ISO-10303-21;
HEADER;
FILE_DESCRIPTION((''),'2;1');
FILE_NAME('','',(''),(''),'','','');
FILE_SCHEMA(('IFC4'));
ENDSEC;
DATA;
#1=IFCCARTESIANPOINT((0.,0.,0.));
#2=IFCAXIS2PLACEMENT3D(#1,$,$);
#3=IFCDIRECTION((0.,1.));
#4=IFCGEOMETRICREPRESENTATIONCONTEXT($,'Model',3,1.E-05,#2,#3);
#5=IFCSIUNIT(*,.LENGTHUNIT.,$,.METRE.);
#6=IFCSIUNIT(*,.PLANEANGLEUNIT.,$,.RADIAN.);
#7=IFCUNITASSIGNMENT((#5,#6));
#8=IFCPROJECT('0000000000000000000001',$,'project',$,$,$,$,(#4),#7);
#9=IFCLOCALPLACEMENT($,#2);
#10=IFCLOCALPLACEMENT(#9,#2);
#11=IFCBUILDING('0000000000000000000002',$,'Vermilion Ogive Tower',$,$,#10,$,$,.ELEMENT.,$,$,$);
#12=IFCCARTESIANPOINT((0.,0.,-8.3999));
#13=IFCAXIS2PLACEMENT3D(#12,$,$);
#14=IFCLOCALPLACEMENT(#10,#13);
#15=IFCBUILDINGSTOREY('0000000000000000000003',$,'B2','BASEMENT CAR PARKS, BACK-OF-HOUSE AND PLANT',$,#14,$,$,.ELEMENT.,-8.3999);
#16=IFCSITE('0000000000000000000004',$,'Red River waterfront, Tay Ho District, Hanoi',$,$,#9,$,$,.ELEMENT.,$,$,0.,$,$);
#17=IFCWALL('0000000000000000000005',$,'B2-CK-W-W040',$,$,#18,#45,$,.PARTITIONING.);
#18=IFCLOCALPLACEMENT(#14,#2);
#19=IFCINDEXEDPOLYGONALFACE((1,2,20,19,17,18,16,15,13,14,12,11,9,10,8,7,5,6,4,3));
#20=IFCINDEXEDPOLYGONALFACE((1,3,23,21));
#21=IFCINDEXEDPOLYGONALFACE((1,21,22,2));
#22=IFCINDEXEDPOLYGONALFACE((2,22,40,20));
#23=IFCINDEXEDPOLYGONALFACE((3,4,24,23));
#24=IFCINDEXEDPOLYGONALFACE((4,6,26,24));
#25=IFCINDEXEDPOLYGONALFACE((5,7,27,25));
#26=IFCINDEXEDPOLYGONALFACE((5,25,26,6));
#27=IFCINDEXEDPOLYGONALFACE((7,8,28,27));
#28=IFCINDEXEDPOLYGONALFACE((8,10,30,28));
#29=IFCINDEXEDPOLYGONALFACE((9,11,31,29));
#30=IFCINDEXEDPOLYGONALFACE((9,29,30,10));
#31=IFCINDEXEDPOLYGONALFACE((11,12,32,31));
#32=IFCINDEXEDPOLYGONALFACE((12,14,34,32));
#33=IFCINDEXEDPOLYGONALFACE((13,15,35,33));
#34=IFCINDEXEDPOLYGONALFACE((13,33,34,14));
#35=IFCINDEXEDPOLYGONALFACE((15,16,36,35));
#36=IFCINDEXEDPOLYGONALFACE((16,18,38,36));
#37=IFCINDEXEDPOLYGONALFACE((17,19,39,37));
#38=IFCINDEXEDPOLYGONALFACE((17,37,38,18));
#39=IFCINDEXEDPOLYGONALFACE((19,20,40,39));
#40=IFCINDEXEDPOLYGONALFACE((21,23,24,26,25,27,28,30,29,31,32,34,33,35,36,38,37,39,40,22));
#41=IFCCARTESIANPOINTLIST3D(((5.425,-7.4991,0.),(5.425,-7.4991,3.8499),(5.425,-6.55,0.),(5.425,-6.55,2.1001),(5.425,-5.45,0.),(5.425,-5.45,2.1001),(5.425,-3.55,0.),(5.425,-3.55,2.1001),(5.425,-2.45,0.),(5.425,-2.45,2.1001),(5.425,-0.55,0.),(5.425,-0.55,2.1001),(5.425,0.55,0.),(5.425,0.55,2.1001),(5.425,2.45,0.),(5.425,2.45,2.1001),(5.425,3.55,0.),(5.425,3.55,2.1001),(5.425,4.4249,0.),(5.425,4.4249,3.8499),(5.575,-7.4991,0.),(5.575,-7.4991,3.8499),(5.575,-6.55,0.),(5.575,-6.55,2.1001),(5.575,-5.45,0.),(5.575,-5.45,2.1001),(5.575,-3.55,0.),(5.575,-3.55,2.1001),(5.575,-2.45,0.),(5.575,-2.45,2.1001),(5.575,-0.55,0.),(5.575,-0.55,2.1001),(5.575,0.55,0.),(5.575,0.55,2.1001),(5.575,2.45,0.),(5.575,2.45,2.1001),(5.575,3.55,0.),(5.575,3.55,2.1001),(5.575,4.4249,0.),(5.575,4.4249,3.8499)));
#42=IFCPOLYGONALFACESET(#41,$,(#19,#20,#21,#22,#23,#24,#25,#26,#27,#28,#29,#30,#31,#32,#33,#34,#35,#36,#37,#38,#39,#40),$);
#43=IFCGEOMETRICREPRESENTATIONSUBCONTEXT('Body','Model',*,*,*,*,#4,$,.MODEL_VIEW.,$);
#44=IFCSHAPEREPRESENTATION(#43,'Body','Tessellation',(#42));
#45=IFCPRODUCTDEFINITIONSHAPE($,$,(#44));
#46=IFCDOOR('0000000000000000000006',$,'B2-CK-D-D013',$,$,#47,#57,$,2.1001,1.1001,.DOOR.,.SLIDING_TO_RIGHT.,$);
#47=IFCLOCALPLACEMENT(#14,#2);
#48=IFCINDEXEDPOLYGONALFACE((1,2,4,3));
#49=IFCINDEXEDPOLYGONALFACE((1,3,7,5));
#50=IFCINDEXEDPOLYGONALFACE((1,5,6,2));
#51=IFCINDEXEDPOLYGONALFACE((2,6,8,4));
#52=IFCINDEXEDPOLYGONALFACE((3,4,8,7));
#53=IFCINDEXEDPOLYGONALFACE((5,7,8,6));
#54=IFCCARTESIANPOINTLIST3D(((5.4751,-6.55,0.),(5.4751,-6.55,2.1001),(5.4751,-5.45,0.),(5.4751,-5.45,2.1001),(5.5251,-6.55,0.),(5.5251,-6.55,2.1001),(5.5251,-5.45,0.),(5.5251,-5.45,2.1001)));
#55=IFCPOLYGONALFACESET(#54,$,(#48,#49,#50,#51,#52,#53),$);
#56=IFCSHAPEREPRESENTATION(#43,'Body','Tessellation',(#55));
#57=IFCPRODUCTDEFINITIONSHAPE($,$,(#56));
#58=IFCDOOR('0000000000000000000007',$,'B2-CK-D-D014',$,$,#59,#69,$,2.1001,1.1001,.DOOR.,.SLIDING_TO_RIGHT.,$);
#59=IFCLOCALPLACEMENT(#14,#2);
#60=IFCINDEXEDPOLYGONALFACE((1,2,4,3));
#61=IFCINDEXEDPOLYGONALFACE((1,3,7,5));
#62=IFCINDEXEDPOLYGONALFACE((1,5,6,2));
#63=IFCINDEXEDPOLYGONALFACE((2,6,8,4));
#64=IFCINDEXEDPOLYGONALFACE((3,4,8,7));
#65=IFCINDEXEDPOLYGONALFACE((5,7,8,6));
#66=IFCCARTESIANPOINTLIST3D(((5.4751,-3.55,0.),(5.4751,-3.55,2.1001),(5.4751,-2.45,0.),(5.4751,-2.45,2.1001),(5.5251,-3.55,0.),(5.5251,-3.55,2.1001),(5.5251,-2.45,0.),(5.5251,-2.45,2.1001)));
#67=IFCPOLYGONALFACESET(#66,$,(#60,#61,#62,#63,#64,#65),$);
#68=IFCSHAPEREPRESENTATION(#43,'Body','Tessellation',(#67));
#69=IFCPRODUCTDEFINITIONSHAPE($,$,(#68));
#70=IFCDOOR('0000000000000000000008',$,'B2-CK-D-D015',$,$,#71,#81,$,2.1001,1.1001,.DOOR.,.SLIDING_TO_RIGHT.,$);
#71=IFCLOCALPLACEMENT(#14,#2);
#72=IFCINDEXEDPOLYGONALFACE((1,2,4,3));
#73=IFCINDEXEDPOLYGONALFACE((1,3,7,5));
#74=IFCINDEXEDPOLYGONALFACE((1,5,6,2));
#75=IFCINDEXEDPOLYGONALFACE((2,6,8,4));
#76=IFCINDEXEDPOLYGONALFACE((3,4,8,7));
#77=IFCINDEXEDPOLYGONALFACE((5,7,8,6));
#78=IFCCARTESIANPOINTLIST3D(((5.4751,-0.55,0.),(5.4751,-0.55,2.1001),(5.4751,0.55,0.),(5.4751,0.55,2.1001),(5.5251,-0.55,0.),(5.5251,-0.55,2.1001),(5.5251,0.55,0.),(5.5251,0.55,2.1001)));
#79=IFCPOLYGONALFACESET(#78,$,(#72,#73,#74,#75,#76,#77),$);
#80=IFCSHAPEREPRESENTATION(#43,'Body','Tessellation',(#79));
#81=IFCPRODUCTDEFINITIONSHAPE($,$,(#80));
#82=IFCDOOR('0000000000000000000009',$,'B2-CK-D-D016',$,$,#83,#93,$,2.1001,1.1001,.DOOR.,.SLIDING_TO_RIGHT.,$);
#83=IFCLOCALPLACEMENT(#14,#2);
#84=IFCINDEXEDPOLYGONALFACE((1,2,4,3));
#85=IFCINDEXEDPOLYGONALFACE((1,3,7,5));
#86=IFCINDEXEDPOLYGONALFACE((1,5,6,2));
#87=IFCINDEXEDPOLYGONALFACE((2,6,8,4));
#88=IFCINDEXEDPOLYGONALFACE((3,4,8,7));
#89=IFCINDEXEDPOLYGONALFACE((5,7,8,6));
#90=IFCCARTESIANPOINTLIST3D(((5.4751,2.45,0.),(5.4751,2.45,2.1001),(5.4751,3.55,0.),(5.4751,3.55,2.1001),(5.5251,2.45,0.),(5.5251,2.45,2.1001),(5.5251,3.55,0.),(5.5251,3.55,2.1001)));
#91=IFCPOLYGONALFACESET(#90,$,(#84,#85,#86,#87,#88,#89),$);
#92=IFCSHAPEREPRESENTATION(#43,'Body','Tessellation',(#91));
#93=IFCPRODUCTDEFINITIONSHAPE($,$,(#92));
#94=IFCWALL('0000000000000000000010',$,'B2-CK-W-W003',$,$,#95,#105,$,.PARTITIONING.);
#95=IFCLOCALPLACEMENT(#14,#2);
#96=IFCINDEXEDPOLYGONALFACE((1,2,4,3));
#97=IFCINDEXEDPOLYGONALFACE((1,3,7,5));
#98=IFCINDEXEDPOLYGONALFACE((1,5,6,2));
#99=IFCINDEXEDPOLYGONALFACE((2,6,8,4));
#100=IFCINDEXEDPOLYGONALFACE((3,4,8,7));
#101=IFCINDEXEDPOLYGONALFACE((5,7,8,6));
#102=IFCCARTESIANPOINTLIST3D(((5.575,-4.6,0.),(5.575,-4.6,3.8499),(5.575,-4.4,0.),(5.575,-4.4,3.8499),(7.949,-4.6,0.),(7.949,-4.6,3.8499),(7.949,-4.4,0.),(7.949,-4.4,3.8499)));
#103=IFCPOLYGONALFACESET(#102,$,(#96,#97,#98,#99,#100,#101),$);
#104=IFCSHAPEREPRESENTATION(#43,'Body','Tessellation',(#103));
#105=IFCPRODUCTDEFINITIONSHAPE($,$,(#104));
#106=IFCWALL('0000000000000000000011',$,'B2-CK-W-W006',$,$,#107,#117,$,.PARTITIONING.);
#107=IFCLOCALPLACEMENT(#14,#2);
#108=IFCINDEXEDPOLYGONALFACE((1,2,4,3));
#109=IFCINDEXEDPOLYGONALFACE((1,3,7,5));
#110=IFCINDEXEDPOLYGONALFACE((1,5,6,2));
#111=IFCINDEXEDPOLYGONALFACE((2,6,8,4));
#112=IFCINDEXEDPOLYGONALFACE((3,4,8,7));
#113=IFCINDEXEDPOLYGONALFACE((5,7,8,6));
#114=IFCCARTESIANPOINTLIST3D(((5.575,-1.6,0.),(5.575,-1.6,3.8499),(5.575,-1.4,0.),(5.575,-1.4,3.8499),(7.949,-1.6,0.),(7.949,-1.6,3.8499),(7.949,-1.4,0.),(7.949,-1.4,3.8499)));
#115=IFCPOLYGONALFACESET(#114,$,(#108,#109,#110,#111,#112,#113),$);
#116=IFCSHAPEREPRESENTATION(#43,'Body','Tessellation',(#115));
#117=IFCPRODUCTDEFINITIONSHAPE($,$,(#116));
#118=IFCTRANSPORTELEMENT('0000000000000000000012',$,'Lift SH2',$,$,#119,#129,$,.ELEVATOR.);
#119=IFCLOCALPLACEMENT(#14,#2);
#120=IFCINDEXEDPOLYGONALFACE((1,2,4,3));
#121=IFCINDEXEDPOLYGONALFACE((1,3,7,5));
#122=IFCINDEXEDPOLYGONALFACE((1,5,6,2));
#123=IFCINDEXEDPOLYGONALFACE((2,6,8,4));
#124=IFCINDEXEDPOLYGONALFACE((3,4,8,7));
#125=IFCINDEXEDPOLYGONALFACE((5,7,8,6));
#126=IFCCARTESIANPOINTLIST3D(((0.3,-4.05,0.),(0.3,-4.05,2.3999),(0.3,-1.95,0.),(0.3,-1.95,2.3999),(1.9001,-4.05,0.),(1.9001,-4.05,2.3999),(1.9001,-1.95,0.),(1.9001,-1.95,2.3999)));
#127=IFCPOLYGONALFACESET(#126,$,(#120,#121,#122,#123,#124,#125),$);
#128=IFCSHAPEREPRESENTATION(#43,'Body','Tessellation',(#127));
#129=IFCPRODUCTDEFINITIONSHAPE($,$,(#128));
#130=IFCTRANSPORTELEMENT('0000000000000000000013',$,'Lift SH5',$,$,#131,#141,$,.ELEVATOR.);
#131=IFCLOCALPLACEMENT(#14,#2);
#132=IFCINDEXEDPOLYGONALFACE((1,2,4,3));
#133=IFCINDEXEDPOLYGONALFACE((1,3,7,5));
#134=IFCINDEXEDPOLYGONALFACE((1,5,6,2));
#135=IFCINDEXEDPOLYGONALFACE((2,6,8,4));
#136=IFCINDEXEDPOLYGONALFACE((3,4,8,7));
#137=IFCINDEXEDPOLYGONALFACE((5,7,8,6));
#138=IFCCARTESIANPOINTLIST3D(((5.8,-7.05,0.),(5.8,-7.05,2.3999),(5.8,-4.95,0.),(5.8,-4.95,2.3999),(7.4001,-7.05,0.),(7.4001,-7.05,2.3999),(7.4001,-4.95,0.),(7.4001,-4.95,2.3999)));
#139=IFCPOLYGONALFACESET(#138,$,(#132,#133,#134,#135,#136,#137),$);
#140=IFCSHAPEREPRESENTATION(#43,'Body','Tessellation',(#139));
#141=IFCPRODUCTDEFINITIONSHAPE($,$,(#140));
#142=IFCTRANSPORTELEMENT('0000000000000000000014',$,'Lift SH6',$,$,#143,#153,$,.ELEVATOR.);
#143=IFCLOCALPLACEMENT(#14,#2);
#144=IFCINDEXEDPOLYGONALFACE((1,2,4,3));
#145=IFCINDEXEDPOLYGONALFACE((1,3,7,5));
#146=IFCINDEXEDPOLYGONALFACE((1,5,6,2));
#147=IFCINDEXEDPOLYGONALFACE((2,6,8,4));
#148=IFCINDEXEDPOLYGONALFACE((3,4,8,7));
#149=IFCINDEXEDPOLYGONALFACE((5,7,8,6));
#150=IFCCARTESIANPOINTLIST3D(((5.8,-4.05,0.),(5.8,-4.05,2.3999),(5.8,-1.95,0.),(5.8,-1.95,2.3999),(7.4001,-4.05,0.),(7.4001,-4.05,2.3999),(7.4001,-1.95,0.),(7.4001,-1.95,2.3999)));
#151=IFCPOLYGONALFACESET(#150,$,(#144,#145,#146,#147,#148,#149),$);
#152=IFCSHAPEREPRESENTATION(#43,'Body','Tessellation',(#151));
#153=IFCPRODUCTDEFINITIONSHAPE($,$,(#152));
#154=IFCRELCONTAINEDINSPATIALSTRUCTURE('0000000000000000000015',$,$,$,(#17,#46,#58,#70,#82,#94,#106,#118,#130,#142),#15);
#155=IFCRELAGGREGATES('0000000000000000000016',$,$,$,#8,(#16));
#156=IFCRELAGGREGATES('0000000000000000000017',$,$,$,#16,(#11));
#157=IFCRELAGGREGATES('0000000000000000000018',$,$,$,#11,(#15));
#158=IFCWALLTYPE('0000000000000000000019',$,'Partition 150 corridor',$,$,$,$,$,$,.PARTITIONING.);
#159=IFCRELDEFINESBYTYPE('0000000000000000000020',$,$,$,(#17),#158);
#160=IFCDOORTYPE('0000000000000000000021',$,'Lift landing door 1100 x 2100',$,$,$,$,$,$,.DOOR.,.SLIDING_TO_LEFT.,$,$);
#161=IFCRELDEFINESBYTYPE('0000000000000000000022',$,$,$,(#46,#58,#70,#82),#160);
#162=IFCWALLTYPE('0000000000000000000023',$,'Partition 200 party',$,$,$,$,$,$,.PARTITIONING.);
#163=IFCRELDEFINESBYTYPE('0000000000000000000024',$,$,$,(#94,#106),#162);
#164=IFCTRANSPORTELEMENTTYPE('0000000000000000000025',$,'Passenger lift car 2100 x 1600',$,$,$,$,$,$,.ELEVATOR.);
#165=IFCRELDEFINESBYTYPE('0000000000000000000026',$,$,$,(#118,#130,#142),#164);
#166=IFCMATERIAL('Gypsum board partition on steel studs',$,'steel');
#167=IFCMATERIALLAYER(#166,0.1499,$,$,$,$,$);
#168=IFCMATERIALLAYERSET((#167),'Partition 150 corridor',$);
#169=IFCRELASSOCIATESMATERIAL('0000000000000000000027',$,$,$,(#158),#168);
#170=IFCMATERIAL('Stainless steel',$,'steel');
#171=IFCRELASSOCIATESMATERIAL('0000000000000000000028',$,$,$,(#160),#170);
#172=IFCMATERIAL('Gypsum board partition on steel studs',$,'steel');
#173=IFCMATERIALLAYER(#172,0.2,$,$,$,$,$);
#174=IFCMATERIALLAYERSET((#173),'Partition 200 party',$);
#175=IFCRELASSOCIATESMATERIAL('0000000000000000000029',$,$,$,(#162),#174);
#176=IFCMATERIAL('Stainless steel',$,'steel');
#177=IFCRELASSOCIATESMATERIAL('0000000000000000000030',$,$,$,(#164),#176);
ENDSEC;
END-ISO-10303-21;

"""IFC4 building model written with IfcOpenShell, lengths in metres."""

from ifc_helpers import new_model, si_unit, direction, frame, frame_2d, origin, origin_2d, place, context, subcontext, project, spatial, rectangle, extrude, material, layer, layer_set, type_object, element, fill, save


model = new_model("IFC4")

# Units and contexts
model_context = context("Model", 3, precision=1e-05, world=origin(), true_north=direction((0.0, 1.0)))
body_context = subcontext(model_context, "Body", "Model", "MODEL_VIEW")
ifc_project = project(units=[si_unit("LENGTHUNIT", "METRE"), si_unit("PLANEANGLEUNIT", "RADIAN")], contexts=[model_context])

# Site, building, storey
site_placement = place(None, origin())
site = spatial("IfcSite", under=ifc_project, at=site_placement, Name="Red River waterfront, Tay Ho District, Hanoi", CompositionType="ELEMENT", RefElevation=0.0)
building_placement = place(site_placement, origin())
building = spatial("IfcBuilding", under=site, at=building_placement, Name="Vermilion Ogive Tower", CompositionType="ELEMENT")
storey_placement = place(building_placement, frame((0.0, 0.0, -8.3999)))
storey = spatial("IfcBuildingStorey", under=building, at=storey_placement, Name="B2", Description="BASEMENT CAR PARKS, BACK-OF-HOUSE AND PLANT", CompositionType="ELEMENT", Elevation=-8.3999)

# Wall, openings, doors
ifc_material_1 = material(Name="Gypsum board partition on steel studs", Category="steel")
ifc_layer_1 = layer(ifc_material_1, 0.1499)
ifc_layer_set_1 = layer_set([ifc_layer_1], Name="Partition 150 corridor")
wall_type_1 = type_object("IfcWallType", Name="Partition 150 corridor", PredefinedType="PARTITIONING", material=ifc_layer_set_1)
ifc_material_2 = material(Name="Stainless steel", Category="steel")
door_type = type_object("IfcDoorType", Name="Lift landing door 1100 x 2100", OperationType="SLIDING_TO_LEFT", PredefinedType="DOOR", material=ifc_material_2)
wall_1_placement = place(storey_placement, frame((5.5, -7.499, 0.0), z_axis=(0.0, 0.0, 1.0), x_axis=(0.0, 1.0, 0.0)))
wall_1 = element("IfcWall", 1, at=wall_1_placement, inside=storey, type_object=wall_type_1, Name="B2-CK-W-W040", PredefinedType="PARTITIONING", context=body_context, shape_type="SweptSolid", body=[
    extrude(rectangle(XDim=11.9241, YDim=0.1499, at=frame_2d((5.9619, 0.0))), origin(), (0.0, 0.0, 1.0), 3.8499),
])
opening_1_placement = place(wall_1_placement, frame((0.949, 0.0, 0.0)))
opening_1 = element("IfcOpeningElement", 2, at=opening_1_placement, cuts=wall_1, PredefinedType="OPENING", context=body_context, shape_type="SweptSolid", body=[
    extrude(rectangle(XDim=1.1001, YDim=2.1001, at=frame_2d((0.55, 1.05))), frame((0.0, 0.085, 0.0), z_axis=(0.0, -1.0, 0.0), x_axis=(1.0, 0.0, 0.0)), (0.0, 0.0, 1.0), 0.1699),
])
opening_2_placement = place(wall_1_placement, frame((3.949, 0.0, 0.0)))
opening_2 = element("IfcOpeningElement", 3, at=opening_2_placement, cuts=wall_1, PredefinedType="OPENING", context=body_context, shape_type="SweptSolid", body=[
    extrude(rectangle(XDim=1.1001, YDim=2.1001, at=frame_2d((0.55, 1.05))), frame((0.0, 0.085, 0.0), z_axis=(0.0, -1.0, 0.0), x_axis=(1.0, 0.0, 0.0)), (0.0, 0.0, 1.0), 0.1699),
])
opening_3_placement = place(wall_1_placement, frame((6.949, 0.0, 0.0)))
opening_3 = element("IfcOpeningElement", 4, at=opening_3_placement, cuts=wall_1, PredefinedType="OPENING", context=body_context, shape_type="SweptSolid", body=[
    extrude(rectangle(XDim=1.1001, YDim=2.1001, at=frame_2d((0.55, 1.05))), frame((0.0, 0.085, 0.0), z_axis=(0.0, -1.0, 0.0), x_axis=(1.0, 0.0, 0.0)), (0.0, 0.0, 1.0), 0.1699),
])
opening_4_placement = place(wall_1_placement, frame((9.949, 0.0, 0.0)))
opening_4 = element("IfcOpeningElement", 5, at=opening_4_placement, cuts=wall_1, PredefinedType="OPENING", context=body_context, shape_type="SweptSolid", body=[
    extrude(rectangle(XDim=1.1001, YDim=2.1001, at=frame_2d((0.55, 1.05))), frame((0.0, 0.085, 0.0), z_axis=(0.0, -1.0, 0.0), x_axis=(1.0, 0.0, 0.0)), (0.0, 0.0, 1.0), 0.1699),
])
door_1_placement = place(opening_1_placement, origin())
door_1 = element("IfcDoor", 6, at=door_1_placement, inside=storey, type_object=door_type, Name="B2-CK-D-D013", OperationType="SLIDING_TO_RIGHT", OverallHeight=2.1001, OverallWidth=1.1001, PredefinedType="DOOR", context=body_context, shape_type="SweptSolid", body=[
    extrude(rectangle(XDim=1.1001, YDim=2.1001, at=frame_2d((0.55, 1.05))), frame((0.0, 0.0249, 0.0), z_axis=(0.0, -1.0, 0.0), x_axis=(1.0, 0.0, 0.0)), (0.0, 0.0, 1.0), 0.05),
])
fill(opening_1, door_1)
door_2_placement = place(opening_2_placement, origin())
door_2 = element("IfcDoor", 7, at=door_2_placement, inside=storey, type_object=door_type, Name="B2-CK-D-D014", OperationType="SLIDING_TO_RIGHT", OverallHeight=2.1001, OverallWidth=1.1001, PredefinedType="DOOR", context=body_context, shape_type="SweptSolid", body=[
    extrude(rectangle(XDim=1.1001, YDim=2.1001, at=frame_2d((0.55, 1.05))), frame((0.0, 0.0249, 0.0), z_axis=(0.0, -1.0, 0.0), x_axis=(1.0, 0.0, 0.0)), (0.0, 0.0, 1.0), 0.05),
])
fill(opening_2, door_2)
door_3_placement = place(opening_3_placement, origin())
door_3 = element("IfcDoor", 8, at=door_3_placement, inside=storey, type_object=door_type, Name="B2-CK-D-D015", OperationType="SLIDING_TO_RIGHT", OverallHeight=2.1001, OverallWidth=1.1001, PredefinedType="DOOR", context=body_context, shape_type="SweptSolid", body=[
    extrude(rectangle(XDim=1.1001, YDim=2.1001, at=frame_2d((0.55, 1.05))), frame((0.0, 0.0249, 0.0), z_axis=(0.0, -1.0, 0.0), x_axis=(1.0, 0.0, 0.0)), (0.0, 0.0, 1.0), 0.05),
])
fill(opening_3, door_3)
door_4_placement = place(opening_4_placement, origin())
door_4 = element("IfcDoor", 9, at=door_4_placement, inside=storey, type_object=door_type, Name="B2-CK-D-D016", OperationType="SLIDING_TO_RIGHT", OverallHeight=2.1001, OverallWidth=1.1001, PredefinedType="DOOR", context=body_context, shape_type="SweptSolid", body=[
    extrude(rectangle(XDim=1.1001, YDim=2.1001, at=frame_2d((0.55, 1.05))), frame((0.0, 0.0249, 0.0), z_axis=(0.0, -1.0, 0.0), x_axis=(1.0, 0.0, 0.0)), (0.0, 0.0, 1.0), 0.05),
])
fill(opening_4, door_4)

# Walls
ifc_material_3 = material(Name="Gypsum board partition on steel studs", Category="steel")
ifc_layer_2 = layer(ifc_material_3, 0.2)
ifc_layer_set_2 = layer_set([ifc_layer_2], Name="Partition 200 party")
wall_type_2 = type_object("IfcWallType", Name="Partition 200 party", PredefinedType="PARTITIONING", material=ifc_layer_set_2)
for number, where, z_axis, x_axis, name in (
    (10, (5.575, -4.5, 0.0), (0.0, 0.0, 1.0), (1.0, 0.0, 0.0), "B2-CK-W-W003"),
    (11, (5.575, -1.5, 0.0), (0.0, 0.0, 1.0), (1.0, 0.0, 0.0), "B2-CK-W-W006"),
):
    element("IfcWall", number, at=place(storey_placement, frame(where, z_axis=z_axis, x_axis=x_axis)), inside=storey, type_object=wall_type_2, Name=name, PredefinedType="PARTITIONING", context=body_context, shape_type="SweptSolid", body=[
        extrude(rectangle(XDim=2.374, YDim=0.2, at=frame_2d((1.187, 0.0))), origin(), (0.0, 0.0, 1.0), 3.8499),
    ])

# Transport elements
ifc_material_4 = material(Name="Stainless steel", Category="steel")
transport_element_type = type_object("IfcTransportElementType", Name="Passenger lift car 2100 x 1600", PredefinedType="ELEVATOR", material=ifc_material_4)
for number, where, z_axis, x_axis, name in (
    (12, (1.1001, -3.0, 0.0), (0.0, 0.0, 1.0), (1.0, 0.0, 0.0), "Lift SH2"),
    (13, (6.6001, -6.0, 0.0), (0.0, 0.0, 1.0), (1.0, 0.0, 0.0), "Lift SH5"),
    (14, (6.6001, -3.0, 0.0), (0.0, 0.0, 1.0), (1.0, 0.0, 0.0), "Lift SH6"),
):
    element("IfcTransportElement", number, at=place(storey_placement, frame(where, z_axis=z_axis, x_axis=x_axis)), inside=storey, type_object=transport_element_type, Name=name, PredefinedType="ELEVATOR", context=body_context, shape_type="SweptSolid", body=[
        extrude(rectangle(XDim=1.6001, YDim=2.1001, at=origin_2d()), origin(), (0.0, 0.0, 1.0), 2.3999),
    ])

save(model, "model.ifc")
